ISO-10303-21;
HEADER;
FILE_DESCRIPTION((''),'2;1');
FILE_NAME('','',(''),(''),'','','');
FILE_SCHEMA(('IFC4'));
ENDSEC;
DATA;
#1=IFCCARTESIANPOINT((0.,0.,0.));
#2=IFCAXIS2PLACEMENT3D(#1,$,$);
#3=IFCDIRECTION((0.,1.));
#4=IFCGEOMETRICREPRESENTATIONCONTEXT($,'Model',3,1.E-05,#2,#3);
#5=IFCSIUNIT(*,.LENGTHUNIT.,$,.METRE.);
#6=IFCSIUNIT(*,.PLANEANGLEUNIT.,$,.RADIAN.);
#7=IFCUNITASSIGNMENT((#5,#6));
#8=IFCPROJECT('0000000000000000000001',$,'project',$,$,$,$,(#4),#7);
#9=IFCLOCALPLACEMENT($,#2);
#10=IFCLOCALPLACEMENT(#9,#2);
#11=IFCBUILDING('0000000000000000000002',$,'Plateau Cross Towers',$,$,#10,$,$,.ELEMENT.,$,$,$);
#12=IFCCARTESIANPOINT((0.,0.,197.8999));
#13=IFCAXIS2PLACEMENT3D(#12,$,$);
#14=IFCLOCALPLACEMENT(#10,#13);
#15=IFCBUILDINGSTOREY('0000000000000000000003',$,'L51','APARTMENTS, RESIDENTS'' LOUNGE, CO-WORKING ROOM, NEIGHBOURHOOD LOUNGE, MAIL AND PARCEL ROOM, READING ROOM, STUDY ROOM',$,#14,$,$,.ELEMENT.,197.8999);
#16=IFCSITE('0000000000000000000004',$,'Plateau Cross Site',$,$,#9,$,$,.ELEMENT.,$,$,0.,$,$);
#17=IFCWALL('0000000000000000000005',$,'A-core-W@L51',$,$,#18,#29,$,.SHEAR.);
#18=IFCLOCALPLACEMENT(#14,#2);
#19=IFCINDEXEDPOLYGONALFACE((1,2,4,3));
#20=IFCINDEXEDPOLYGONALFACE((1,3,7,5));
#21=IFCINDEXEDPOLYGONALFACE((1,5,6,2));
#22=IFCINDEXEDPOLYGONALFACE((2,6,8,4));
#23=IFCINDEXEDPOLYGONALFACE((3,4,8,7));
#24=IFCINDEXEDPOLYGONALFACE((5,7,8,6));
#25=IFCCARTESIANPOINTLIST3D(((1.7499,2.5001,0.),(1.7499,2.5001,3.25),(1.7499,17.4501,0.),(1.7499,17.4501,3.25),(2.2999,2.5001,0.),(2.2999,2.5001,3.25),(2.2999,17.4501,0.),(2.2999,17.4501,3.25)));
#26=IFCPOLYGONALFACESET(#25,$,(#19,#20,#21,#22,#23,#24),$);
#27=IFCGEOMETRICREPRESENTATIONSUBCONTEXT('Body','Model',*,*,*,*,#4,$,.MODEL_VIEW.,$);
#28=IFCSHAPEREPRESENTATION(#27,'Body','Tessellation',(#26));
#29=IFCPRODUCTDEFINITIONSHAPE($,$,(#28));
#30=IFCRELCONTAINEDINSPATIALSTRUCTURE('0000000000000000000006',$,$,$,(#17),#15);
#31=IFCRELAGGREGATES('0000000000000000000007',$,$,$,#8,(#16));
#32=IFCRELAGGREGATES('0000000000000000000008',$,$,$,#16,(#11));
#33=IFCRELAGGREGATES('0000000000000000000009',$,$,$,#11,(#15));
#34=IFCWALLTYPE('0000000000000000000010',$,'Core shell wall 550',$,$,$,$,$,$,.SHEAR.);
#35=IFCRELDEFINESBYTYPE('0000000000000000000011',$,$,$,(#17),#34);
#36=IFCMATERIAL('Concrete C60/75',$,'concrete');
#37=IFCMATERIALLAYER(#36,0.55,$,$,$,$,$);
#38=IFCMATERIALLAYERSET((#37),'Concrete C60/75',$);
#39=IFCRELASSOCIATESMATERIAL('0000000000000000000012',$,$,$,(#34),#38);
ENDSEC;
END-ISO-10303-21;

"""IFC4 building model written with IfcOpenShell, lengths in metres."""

from ifc_helpers import new_model, si_unit, direction, frame, frame_2d, origin, place, context, subcontext, project, spatial, rectangle, extrude, material, layer, layer_set, type_object, element, save


model = new_model("IFC4")

# Units and contexts
model_context = context("Model", 3, precision=1e-05, world=origin(), true_north=direction((0.0, 1.0)))
body_context = subcontext(model_context, "Body", "Model", "MODEL_VIEW")
ifc_project = project(units=[si_unit("LENGTHUNIT", "METRE"), si_unit("PLANEANGLEUNIT", "RADIAN")], contexts=[model_context])

# Site, building, storey
site_placement = place(None, origin())
site = spatial("IfcSite", under=ifc_project, at=site_placement, Name="Plateau Cross Site", CompositionType="ELEMENT", RefElevation=0.0)
building_placement = place(site_placement, origin())
building = spatial("IfcBuilding", under=site, at=building_placement, Name="Plateau Cross Towers", CompositionType="ELEMENT")
storey_placement = place(building_placement, frame((0.0, 0.0, 197.8999)))
storey = spatial("IfcBuildingStorey", under=building, at=storey_placement, Name="L51", Description="APARTMENTS, RESIDENTS' LOUNGE, CO-WORKING ROOM, NEIGHBOURHOOD LOUNGE, MAIL AND PARCEL ROOM, READING ROOM, STUDY ROOM", CompositionType="ELEMENT", Elevation=197.8999)

# Shared definitions
ifc_material_1 = material(Name="Concrete C60/75", Category="concrete")

# Wall
ifc_layer_1 = layer(ifc_material_1, 0.55)
ifc_layer_set_1 = layer_set([ifc_layer_1], Name="Concrete C60/75")
wall_type_1 = type_object("IfcWallType", Name="Core shell wall 550", PredefinedType="SHEAR", material=ifc_layer_set_1)
wall_1_placement = place(storey_placement, frame((2.0249, 2.5, 0.0), z_axis=(0.0, 0.0, 1.0), x_axis=(0.0, 1.0, 0.0)))
element("IfcWall", 1, at=wall_1_placement, inside=storey, type_object=wall_type_1, Name="A-core-W@L51", PredefinedType="SHEAR", context=body_context, shape_type="SweptSolid", body=[
    extrude(rectangle(XDim=14.95, YDim=0.55, at=frame_2d((7.4751, 0.0))), origin(), (0.0, 0.0, 1.0), 3.25),
])

save(model, "model.ifc")
